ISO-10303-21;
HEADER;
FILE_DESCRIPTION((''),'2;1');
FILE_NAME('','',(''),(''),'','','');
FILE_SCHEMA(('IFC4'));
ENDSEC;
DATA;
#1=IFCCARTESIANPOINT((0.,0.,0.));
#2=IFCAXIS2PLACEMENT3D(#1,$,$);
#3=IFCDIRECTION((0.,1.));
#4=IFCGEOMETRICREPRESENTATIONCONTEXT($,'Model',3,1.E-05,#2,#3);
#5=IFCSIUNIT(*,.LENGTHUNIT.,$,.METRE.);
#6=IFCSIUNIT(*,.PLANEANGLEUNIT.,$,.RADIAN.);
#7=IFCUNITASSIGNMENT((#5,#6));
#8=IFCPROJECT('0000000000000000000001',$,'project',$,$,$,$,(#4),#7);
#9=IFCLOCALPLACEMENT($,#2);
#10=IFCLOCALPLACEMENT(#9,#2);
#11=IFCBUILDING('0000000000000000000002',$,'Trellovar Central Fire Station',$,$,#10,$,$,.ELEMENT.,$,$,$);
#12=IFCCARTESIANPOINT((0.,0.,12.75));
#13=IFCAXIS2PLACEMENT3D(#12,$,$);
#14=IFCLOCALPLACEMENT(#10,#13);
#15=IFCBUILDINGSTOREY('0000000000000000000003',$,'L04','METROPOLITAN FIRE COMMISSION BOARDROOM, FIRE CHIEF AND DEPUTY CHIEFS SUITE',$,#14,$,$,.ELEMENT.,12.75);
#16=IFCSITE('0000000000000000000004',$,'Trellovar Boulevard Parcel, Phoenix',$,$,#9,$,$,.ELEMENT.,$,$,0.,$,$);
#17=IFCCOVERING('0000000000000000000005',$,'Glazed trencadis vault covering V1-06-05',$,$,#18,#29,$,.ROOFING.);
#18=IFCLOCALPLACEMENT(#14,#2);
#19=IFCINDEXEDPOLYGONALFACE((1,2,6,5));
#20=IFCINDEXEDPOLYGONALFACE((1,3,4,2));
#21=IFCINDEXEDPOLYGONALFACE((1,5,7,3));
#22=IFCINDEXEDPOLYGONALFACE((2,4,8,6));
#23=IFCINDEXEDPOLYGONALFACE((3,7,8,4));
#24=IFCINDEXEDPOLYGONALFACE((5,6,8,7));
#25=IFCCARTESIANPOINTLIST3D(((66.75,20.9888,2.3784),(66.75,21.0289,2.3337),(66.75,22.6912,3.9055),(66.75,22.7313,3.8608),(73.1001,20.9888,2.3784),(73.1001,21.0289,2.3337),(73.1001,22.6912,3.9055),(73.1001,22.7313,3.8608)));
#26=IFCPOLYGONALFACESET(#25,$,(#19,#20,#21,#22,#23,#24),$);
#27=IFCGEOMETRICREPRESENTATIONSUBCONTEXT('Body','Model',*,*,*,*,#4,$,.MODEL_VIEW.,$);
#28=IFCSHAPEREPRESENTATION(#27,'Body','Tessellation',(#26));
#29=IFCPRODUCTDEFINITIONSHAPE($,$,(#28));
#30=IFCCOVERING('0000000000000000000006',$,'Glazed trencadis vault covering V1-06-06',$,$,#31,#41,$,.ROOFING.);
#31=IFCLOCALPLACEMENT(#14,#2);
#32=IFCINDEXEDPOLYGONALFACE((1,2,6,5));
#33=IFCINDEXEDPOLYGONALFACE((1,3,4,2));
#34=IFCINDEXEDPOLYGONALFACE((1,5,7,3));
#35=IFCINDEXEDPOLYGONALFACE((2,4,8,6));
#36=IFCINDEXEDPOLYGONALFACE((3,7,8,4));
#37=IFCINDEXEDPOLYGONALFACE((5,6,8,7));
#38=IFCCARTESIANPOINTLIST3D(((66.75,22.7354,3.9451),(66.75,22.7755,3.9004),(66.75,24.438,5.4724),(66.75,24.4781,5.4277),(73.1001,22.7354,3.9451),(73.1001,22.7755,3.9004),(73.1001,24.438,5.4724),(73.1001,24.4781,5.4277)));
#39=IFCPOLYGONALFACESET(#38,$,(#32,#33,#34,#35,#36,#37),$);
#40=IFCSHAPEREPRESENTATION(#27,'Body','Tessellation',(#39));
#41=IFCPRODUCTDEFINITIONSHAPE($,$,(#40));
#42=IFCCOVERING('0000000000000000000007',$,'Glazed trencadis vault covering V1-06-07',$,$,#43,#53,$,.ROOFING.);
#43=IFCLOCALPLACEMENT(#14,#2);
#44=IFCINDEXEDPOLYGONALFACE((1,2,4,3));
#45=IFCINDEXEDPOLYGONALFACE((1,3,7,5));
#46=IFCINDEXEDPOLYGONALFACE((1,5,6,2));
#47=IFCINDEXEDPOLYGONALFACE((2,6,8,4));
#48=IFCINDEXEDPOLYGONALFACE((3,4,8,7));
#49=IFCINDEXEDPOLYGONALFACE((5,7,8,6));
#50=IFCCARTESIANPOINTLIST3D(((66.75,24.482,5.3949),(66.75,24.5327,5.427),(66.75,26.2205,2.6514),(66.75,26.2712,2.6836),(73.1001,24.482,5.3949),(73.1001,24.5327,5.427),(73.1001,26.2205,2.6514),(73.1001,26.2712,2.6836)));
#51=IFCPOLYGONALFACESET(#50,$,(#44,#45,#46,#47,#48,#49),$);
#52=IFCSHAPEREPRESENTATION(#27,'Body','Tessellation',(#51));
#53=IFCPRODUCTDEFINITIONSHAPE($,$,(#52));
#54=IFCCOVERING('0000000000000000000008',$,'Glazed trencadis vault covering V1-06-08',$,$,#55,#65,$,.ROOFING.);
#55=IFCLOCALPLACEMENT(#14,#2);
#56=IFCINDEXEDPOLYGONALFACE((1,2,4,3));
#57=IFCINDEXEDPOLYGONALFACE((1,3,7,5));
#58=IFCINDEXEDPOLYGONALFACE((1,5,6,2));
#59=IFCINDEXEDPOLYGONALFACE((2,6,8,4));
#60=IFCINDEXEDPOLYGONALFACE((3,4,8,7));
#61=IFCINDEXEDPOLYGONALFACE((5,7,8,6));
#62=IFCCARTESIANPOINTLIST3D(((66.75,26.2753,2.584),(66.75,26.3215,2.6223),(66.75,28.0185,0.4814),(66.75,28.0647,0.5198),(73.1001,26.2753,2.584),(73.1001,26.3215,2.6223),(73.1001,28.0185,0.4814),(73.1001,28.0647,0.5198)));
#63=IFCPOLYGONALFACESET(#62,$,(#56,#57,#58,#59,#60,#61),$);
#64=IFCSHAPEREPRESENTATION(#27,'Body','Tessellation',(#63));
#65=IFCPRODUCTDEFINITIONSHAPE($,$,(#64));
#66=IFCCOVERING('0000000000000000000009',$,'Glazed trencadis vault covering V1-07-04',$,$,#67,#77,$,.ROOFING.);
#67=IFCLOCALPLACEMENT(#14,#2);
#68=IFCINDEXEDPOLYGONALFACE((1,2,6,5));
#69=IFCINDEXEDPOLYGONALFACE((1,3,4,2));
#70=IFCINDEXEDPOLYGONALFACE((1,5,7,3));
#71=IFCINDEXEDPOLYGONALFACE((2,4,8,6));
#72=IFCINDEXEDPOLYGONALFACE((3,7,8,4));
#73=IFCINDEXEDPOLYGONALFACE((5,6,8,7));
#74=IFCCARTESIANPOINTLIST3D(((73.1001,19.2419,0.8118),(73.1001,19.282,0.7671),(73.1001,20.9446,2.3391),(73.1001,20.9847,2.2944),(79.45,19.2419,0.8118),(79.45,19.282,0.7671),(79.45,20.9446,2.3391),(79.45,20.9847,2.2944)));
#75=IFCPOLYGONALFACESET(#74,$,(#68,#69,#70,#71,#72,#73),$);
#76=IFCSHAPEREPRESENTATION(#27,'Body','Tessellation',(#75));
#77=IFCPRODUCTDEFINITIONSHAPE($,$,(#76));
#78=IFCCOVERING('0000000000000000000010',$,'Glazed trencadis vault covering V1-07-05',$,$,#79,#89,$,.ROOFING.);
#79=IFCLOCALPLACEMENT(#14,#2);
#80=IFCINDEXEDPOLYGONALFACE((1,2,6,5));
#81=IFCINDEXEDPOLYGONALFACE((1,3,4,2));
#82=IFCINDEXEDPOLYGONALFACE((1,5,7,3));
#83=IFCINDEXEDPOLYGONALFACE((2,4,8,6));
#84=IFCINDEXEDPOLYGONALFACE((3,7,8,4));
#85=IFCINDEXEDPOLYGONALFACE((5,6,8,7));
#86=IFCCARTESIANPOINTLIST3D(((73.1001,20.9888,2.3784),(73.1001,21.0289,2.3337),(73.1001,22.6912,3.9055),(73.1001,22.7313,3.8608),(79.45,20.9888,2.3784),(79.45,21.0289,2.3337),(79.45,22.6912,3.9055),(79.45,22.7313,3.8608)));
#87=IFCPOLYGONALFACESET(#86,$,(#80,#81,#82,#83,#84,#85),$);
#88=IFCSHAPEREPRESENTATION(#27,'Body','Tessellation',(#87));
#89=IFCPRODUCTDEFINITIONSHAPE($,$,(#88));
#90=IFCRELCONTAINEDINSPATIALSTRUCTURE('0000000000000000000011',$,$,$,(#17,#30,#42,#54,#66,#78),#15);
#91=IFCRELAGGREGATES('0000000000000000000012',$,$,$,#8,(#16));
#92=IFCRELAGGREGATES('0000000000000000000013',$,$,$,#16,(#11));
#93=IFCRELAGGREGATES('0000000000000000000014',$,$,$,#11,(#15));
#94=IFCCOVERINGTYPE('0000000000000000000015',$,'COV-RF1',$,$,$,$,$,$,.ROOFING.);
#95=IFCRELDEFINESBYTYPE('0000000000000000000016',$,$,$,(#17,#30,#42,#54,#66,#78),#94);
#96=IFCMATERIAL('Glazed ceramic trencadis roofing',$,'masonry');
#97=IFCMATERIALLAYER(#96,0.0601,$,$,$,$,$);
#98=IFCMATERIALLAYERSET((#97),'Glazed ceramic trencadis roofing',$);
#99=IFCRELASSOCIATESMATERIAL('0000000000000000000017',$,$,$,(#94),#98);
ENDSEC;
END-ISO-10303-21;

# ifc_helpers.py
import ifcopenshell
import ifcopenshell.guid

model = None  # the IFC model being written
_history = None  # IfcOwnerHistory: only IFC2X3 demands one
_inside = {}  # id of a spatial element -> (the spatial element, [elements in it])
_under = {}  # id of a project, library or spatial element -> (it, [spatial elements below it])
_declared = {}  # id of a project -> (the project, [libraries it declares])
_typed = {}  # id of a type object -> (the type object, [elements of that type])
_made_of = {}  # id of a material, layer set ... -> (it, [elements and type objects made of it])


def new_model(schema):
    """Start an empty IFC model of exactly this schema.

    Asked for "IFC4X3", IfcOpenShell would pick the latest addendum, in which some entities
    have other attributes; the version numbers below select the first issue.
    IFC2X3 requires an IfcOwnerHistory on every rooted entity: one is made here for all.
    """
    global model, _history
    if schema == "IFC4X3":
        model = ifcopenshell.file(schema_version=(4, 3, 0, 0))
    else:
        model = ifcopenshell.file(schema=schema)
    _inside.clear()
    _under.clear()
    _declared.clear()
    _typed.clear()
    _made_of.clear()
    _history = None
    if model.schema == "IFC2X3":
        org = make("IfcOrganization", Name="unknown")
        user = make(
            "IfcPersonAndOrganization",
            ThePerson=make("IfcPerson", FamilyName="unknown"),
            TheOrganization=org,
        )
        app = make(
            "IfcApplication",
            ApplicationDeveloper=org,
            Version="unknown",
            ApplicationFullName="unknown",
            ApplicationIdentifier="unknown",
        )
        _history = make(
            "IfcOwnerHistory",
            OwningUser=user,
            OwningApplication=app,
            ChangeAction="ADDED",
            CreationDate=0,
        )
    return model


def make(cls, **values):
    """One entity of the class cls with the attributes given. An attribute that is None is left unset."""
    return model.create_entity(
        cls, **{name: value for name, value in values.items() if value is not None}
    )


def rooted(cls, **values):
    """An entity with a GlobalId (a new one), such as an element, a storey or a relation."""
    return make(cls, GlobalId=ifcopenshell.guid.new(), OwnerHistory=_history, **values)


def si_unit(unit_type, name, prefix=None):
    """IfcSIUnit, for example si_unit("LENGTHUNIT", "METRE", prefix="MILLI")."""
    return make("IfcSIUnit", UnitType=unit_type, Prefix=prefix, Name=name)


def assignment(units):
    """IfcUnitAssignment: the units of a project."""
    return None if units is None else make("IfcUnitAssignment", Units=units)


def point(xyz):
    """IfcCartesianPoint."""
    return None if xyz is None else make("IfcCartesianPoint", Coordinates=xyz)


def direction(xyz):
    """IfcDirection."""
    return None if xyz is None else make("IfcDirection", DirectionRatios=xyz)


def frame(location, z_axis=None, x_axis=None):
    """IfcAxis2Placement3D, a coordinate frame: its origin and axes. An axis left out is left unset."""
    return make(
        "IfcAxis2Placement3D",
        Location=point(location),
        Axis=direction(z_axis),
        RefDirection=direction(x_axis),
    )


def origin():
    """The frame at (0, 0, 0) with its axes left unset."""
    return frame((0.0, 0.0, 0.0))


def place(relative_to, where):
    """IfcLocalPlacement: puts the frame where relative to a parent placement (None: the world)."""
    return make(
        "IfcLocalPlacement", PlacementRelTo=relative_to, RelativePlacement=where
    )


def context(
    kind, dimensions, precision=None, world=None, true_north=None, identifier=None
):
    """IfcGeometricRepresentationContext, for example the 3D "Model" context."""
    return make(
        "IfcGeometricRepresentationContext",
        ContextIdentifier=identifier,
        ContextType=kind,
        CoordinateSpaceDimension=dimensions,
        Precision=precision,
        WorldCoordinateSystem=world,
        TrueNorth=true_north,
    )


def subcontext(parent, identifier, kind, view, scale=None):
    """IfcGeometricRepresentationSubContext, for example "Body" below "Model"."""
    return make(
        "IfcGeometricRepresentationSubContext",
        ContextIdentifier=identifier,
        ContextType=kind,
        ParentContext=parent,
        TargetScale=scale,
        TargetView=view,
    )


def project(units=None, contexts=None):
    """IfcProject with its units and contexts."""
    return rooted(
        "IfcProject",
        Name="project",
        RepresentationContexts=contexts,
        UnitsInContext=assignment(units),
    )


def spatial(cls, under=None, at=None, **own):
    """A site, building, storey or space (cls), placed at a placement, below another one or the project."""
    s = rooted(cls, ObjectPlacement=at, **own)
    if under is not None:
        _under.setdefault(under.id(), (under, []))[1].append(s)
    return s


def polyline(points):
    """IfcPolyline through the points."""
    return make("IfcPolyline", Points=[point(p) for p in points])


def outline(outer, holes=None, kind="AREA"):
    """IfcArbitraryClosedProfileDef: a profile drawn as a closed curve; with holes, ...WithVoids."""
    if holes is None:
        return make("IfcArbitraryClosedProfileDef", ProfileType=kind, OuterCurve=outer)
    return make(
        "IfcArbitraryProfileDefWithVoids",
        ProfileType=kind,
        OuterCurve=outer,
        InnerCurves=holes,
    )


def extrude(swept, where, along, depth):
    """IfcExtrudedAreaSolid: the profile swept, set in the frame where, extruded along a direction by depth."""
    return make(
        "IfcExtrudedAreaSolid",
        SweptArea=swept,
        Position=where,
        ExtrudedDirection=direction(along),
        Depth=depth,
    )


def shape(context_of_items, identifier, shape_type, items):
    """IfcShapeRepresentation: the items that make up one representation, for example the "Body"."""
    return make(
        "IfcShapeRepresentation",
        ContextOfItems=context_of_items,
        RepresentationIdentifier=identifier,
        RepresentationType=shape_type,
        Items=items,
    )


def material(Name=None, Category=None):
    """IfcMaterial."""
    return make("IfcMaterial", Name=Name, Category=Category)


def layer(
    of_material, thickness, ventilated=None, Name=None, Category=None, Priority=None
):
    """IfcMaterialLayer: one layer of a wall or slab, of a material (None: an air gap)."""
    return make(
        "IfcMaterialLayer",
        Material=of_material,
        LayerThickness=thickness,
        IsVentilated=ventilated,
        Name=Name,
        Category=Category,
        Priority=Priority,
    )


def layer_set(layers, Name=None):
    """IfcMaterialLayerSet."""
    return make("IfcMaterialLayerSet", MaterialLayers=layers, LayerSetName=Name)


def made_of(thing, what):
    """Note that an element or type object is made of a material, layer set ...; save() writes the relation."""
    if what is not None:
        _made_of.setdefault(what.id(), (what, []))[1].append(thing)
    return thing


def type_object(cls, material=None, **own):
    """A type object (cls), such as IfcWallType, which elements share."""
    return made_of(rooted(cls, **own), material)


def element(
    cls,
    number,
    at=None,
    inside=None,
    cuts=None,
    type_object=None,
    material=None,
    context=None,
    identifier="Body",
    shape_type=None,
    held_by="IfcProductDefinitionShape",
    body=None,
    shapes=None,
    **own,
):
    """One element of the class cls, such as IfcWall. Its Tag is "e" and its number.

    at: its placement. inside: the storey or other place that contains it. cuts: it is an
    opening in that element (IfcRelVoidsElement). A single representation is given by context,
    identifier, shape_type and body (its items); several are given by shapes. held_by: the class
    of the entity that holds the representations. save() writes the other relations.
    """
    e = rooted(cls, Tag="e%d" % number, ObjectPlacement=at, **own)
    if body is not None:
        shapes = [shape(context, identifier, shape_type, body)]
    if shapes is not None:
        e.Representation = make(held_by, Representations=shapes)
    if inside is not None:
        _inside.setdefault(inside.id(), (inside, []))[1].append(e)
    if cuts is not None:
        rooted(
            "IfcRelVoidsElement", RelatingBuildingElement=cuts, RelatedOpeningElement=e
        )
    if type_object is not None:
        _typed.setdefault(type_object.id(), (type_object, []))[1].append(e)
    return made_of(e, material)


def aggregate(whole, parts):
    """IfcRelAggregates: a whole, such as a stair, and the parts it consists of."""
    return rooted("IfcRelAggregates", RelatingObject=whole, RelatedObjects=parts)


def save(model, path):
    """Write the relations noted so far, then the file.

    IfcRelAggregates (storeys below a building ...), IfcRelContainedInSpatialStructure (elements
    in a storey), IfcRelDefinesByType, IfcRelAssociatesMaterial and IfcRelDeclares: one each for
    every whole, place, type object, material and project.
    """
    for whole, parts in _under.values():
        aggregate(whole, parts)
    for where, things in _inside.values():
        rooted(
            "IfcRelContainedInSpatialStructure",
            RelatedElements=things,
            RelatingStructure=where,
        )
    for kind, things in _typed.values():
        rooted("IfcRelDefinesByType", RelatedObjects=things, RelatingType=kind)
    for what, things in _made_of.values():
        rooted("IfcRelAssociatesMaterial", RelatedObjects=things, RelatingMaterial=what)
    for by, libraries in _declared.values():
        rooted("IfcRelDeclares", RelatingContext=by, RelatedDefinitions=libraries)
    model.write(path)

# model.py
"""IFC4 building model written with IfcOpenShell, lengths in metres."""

from ifc_helpers import new_model, si_unit, direction, frame, origin, place, context, subcontext, project, spatial, polyline, outline, extrude, material, layer, layer_set, type_object, element, save


model = new_model("IFC4")

# Units and contexts
model_context = context("Model", 3, precision=1e-05, world=origin(), true_north=direction((0.0, 1.0)))
body_context = subcontext(model_context, "Body", "Model", "MODEL_VIEW")
ifc_project = project(units=[si_unit("LENGTHUNIT", "METRE"), si_unit("PLANEANGLEUNIT", "RADIAN")], contexts=[model_context])

# Site, building, storey
site_placement = place(None, origin())
site = spatial("IfcSite", under=ifc_project, at=site_placement, Name="Trellovar Boulevard Parcel, Phoenix", CompositionType="ELEMENT", RefElevation=0.0)
building_placement = place(site_placement, origin())
building = spatial("IfcBuilding", under=site, at=building_placement, Name="Trellovar Central Fire Station", CompositionType="ELEMENT")
storey_placement = place(building_placement, frame((0.0, 0.0, 12.75)))
storey = spatial("IfcBuildingStorey", under=building, at=storey_placement, Name="L04", Description="METROPOLITAN FIRE COMMISSION BOARDROOM, FIRE CHIEF AND DEPUTY CHIEFS SUITE", CompositionType="ELEMENT", Elevation=12.75)

# Coverings
ifc_material_1 = material(Name="Glazed ceramic trencadis roofing", Category="masonry")
ifc_layer_1 = layer(ifc_material_1, 0.0601)
ifc_layer_set_1 = layer_set([ifc_layer_1], Name="Glazed ceramic trencadis roofing")
covering_type = type_object("IfcCoveringType", Name="COV-RF1", PredefinedType="ROOFING", material=ifc_layer_set_1)
covering_1_placement = place(storey_placement, frame((66.75, 20.9888, 2.3784), z_axis=(0.0, -0.667743, 0.744392), x_axis=(1.0, 0.0, 0.0)))
element("IfcCovering", 1, at=covering_1_placement, inside=storey, type_object=covering_type, Name="Glazed trencadis vault covering V1-06-05", PredefinedType="ROOFING", context=body_context, shape_type="SweptSolid", body=[
    extrude(outline(polyline([(0.0, 0.0), (6.3501, 0.0), (6.3501, 2.287), (0.0, 2.287), (0.0, 0.0)])), origin(), (0.0, 0.0, -1.0), 0.0601),
])
covering_2_placement = place(storey_placement, frame((66.75, 22.7354, 3.9451), z_axis=(0.0, -0.667749, 0.744386), x_axis=(1.0, 0.0, 0.0)))
element("IfcCovering", 2, at=covering_2_placement, inside=storey, type_object=covering_type, Name="Glazed trencadis vault covering V1-06-06", PredefinedType="ROOFING", context=body_context, shape_type="SweptSolid", body=[
    extrude(outline(polyline([(0.0, 0.0), (6.3501, 0.0), (6.3501, 2.2873), (0.0, 2.2873), (0.0, 0.0)])), origin(), (0.0, 0.0, -1.0), 0.0601),
])
covering_3_placement = place(storey_placement, frame((66.75, 24.5327, 5.427), z_axis=(0.0, 0.844675, 0.535279), x_axis=(1.0, 0.0, 0.0)))
element("IfcCovering", 3, at=covering_3_placement, inside=storey, type_object=covering_type, Name="Glazed trencadis vault covering V1-06-07", PredefinedType="ROOFING", context=body_context, shape_type="SweptSolid", body=[
    extrude(outline(polyline([(0.0, 0.0), (6.3501, 0.0), (6.3501, 3.2479), (0.0, 3.2479), (0.0, 0.0)])), origin(), (0.0, 0.0, -1.0), 0.0601),
])
covering_4_placement = place(storey_placement, frame((66.75, 26.3215, 2.6223), z_axis=(0.0, 0.769831, 0.638248), x_axis=(1.0, 0.0, 0.0)))
element("IfcCovering", 4, at=covering_4_placement, inside=storey, type_object=covering_type, Name="Glazed trencadis vault covering V1-06-08", PredefinedType="ROOFING", context=body_context, shape_type="SweptSolid", body=[
    extrude(outline(polyline([(0.0, 0.0), (6.3501, 0.0), (6.3501, 2.7312), (0.0, 2.7312), (0.0, 0.0)])), origin(), (0.0, 0.0, -1.0), 0.0601),
])
covering_5_placement = place(storey_placement, frame((73.1001, 19.2419, 0.8118), z_axis=(0.0, -0.667749, 0.744386), x_axis=(1.0, 0.0, 0.0)))
element("IfcCovering", 5, at=covering_5_placement, inside=storey, type_object=covering_type, Name="Glazed trencadis vault covering V1-07-04", PredefinedType="ROOFING", context=body_context, shape_type="SweptSolid", body=[
    extrude(outline(polyline([(0.0, 0.0), (6.3499, 0.0), (6.3499, 2.2873), (0.0, 2.2873), (0.0, 0.0)])), origin(), (0.0, 0.0, -1.0), 0.0601),
])
covering_6_placement = place(storey_placement, frame((73.1001, 20.9888, 2.3784), z_axis=(0.0, -0.667743, 0.744392), x_axis=(1.0, 0.0, 0.0)))
element("IfcCovering", 6, at=covering_6_placement, inside=storey, type_object=covering_type, Name="Glazed trencadis vault covering V1-07-05", PredefinedType="ROOFING", context=body_context, shape_type="SweptSolid", body=[
    extrude(outline(polyline([(0.0, 0.0), (6.3499, 0.0), (6.3499, 2.287), (0.0, 2.287), (0.0, 0.0)])), origin(), (0.0, 0.0, -1.0), 0.0601),
])

save(model, "model.ifc")
